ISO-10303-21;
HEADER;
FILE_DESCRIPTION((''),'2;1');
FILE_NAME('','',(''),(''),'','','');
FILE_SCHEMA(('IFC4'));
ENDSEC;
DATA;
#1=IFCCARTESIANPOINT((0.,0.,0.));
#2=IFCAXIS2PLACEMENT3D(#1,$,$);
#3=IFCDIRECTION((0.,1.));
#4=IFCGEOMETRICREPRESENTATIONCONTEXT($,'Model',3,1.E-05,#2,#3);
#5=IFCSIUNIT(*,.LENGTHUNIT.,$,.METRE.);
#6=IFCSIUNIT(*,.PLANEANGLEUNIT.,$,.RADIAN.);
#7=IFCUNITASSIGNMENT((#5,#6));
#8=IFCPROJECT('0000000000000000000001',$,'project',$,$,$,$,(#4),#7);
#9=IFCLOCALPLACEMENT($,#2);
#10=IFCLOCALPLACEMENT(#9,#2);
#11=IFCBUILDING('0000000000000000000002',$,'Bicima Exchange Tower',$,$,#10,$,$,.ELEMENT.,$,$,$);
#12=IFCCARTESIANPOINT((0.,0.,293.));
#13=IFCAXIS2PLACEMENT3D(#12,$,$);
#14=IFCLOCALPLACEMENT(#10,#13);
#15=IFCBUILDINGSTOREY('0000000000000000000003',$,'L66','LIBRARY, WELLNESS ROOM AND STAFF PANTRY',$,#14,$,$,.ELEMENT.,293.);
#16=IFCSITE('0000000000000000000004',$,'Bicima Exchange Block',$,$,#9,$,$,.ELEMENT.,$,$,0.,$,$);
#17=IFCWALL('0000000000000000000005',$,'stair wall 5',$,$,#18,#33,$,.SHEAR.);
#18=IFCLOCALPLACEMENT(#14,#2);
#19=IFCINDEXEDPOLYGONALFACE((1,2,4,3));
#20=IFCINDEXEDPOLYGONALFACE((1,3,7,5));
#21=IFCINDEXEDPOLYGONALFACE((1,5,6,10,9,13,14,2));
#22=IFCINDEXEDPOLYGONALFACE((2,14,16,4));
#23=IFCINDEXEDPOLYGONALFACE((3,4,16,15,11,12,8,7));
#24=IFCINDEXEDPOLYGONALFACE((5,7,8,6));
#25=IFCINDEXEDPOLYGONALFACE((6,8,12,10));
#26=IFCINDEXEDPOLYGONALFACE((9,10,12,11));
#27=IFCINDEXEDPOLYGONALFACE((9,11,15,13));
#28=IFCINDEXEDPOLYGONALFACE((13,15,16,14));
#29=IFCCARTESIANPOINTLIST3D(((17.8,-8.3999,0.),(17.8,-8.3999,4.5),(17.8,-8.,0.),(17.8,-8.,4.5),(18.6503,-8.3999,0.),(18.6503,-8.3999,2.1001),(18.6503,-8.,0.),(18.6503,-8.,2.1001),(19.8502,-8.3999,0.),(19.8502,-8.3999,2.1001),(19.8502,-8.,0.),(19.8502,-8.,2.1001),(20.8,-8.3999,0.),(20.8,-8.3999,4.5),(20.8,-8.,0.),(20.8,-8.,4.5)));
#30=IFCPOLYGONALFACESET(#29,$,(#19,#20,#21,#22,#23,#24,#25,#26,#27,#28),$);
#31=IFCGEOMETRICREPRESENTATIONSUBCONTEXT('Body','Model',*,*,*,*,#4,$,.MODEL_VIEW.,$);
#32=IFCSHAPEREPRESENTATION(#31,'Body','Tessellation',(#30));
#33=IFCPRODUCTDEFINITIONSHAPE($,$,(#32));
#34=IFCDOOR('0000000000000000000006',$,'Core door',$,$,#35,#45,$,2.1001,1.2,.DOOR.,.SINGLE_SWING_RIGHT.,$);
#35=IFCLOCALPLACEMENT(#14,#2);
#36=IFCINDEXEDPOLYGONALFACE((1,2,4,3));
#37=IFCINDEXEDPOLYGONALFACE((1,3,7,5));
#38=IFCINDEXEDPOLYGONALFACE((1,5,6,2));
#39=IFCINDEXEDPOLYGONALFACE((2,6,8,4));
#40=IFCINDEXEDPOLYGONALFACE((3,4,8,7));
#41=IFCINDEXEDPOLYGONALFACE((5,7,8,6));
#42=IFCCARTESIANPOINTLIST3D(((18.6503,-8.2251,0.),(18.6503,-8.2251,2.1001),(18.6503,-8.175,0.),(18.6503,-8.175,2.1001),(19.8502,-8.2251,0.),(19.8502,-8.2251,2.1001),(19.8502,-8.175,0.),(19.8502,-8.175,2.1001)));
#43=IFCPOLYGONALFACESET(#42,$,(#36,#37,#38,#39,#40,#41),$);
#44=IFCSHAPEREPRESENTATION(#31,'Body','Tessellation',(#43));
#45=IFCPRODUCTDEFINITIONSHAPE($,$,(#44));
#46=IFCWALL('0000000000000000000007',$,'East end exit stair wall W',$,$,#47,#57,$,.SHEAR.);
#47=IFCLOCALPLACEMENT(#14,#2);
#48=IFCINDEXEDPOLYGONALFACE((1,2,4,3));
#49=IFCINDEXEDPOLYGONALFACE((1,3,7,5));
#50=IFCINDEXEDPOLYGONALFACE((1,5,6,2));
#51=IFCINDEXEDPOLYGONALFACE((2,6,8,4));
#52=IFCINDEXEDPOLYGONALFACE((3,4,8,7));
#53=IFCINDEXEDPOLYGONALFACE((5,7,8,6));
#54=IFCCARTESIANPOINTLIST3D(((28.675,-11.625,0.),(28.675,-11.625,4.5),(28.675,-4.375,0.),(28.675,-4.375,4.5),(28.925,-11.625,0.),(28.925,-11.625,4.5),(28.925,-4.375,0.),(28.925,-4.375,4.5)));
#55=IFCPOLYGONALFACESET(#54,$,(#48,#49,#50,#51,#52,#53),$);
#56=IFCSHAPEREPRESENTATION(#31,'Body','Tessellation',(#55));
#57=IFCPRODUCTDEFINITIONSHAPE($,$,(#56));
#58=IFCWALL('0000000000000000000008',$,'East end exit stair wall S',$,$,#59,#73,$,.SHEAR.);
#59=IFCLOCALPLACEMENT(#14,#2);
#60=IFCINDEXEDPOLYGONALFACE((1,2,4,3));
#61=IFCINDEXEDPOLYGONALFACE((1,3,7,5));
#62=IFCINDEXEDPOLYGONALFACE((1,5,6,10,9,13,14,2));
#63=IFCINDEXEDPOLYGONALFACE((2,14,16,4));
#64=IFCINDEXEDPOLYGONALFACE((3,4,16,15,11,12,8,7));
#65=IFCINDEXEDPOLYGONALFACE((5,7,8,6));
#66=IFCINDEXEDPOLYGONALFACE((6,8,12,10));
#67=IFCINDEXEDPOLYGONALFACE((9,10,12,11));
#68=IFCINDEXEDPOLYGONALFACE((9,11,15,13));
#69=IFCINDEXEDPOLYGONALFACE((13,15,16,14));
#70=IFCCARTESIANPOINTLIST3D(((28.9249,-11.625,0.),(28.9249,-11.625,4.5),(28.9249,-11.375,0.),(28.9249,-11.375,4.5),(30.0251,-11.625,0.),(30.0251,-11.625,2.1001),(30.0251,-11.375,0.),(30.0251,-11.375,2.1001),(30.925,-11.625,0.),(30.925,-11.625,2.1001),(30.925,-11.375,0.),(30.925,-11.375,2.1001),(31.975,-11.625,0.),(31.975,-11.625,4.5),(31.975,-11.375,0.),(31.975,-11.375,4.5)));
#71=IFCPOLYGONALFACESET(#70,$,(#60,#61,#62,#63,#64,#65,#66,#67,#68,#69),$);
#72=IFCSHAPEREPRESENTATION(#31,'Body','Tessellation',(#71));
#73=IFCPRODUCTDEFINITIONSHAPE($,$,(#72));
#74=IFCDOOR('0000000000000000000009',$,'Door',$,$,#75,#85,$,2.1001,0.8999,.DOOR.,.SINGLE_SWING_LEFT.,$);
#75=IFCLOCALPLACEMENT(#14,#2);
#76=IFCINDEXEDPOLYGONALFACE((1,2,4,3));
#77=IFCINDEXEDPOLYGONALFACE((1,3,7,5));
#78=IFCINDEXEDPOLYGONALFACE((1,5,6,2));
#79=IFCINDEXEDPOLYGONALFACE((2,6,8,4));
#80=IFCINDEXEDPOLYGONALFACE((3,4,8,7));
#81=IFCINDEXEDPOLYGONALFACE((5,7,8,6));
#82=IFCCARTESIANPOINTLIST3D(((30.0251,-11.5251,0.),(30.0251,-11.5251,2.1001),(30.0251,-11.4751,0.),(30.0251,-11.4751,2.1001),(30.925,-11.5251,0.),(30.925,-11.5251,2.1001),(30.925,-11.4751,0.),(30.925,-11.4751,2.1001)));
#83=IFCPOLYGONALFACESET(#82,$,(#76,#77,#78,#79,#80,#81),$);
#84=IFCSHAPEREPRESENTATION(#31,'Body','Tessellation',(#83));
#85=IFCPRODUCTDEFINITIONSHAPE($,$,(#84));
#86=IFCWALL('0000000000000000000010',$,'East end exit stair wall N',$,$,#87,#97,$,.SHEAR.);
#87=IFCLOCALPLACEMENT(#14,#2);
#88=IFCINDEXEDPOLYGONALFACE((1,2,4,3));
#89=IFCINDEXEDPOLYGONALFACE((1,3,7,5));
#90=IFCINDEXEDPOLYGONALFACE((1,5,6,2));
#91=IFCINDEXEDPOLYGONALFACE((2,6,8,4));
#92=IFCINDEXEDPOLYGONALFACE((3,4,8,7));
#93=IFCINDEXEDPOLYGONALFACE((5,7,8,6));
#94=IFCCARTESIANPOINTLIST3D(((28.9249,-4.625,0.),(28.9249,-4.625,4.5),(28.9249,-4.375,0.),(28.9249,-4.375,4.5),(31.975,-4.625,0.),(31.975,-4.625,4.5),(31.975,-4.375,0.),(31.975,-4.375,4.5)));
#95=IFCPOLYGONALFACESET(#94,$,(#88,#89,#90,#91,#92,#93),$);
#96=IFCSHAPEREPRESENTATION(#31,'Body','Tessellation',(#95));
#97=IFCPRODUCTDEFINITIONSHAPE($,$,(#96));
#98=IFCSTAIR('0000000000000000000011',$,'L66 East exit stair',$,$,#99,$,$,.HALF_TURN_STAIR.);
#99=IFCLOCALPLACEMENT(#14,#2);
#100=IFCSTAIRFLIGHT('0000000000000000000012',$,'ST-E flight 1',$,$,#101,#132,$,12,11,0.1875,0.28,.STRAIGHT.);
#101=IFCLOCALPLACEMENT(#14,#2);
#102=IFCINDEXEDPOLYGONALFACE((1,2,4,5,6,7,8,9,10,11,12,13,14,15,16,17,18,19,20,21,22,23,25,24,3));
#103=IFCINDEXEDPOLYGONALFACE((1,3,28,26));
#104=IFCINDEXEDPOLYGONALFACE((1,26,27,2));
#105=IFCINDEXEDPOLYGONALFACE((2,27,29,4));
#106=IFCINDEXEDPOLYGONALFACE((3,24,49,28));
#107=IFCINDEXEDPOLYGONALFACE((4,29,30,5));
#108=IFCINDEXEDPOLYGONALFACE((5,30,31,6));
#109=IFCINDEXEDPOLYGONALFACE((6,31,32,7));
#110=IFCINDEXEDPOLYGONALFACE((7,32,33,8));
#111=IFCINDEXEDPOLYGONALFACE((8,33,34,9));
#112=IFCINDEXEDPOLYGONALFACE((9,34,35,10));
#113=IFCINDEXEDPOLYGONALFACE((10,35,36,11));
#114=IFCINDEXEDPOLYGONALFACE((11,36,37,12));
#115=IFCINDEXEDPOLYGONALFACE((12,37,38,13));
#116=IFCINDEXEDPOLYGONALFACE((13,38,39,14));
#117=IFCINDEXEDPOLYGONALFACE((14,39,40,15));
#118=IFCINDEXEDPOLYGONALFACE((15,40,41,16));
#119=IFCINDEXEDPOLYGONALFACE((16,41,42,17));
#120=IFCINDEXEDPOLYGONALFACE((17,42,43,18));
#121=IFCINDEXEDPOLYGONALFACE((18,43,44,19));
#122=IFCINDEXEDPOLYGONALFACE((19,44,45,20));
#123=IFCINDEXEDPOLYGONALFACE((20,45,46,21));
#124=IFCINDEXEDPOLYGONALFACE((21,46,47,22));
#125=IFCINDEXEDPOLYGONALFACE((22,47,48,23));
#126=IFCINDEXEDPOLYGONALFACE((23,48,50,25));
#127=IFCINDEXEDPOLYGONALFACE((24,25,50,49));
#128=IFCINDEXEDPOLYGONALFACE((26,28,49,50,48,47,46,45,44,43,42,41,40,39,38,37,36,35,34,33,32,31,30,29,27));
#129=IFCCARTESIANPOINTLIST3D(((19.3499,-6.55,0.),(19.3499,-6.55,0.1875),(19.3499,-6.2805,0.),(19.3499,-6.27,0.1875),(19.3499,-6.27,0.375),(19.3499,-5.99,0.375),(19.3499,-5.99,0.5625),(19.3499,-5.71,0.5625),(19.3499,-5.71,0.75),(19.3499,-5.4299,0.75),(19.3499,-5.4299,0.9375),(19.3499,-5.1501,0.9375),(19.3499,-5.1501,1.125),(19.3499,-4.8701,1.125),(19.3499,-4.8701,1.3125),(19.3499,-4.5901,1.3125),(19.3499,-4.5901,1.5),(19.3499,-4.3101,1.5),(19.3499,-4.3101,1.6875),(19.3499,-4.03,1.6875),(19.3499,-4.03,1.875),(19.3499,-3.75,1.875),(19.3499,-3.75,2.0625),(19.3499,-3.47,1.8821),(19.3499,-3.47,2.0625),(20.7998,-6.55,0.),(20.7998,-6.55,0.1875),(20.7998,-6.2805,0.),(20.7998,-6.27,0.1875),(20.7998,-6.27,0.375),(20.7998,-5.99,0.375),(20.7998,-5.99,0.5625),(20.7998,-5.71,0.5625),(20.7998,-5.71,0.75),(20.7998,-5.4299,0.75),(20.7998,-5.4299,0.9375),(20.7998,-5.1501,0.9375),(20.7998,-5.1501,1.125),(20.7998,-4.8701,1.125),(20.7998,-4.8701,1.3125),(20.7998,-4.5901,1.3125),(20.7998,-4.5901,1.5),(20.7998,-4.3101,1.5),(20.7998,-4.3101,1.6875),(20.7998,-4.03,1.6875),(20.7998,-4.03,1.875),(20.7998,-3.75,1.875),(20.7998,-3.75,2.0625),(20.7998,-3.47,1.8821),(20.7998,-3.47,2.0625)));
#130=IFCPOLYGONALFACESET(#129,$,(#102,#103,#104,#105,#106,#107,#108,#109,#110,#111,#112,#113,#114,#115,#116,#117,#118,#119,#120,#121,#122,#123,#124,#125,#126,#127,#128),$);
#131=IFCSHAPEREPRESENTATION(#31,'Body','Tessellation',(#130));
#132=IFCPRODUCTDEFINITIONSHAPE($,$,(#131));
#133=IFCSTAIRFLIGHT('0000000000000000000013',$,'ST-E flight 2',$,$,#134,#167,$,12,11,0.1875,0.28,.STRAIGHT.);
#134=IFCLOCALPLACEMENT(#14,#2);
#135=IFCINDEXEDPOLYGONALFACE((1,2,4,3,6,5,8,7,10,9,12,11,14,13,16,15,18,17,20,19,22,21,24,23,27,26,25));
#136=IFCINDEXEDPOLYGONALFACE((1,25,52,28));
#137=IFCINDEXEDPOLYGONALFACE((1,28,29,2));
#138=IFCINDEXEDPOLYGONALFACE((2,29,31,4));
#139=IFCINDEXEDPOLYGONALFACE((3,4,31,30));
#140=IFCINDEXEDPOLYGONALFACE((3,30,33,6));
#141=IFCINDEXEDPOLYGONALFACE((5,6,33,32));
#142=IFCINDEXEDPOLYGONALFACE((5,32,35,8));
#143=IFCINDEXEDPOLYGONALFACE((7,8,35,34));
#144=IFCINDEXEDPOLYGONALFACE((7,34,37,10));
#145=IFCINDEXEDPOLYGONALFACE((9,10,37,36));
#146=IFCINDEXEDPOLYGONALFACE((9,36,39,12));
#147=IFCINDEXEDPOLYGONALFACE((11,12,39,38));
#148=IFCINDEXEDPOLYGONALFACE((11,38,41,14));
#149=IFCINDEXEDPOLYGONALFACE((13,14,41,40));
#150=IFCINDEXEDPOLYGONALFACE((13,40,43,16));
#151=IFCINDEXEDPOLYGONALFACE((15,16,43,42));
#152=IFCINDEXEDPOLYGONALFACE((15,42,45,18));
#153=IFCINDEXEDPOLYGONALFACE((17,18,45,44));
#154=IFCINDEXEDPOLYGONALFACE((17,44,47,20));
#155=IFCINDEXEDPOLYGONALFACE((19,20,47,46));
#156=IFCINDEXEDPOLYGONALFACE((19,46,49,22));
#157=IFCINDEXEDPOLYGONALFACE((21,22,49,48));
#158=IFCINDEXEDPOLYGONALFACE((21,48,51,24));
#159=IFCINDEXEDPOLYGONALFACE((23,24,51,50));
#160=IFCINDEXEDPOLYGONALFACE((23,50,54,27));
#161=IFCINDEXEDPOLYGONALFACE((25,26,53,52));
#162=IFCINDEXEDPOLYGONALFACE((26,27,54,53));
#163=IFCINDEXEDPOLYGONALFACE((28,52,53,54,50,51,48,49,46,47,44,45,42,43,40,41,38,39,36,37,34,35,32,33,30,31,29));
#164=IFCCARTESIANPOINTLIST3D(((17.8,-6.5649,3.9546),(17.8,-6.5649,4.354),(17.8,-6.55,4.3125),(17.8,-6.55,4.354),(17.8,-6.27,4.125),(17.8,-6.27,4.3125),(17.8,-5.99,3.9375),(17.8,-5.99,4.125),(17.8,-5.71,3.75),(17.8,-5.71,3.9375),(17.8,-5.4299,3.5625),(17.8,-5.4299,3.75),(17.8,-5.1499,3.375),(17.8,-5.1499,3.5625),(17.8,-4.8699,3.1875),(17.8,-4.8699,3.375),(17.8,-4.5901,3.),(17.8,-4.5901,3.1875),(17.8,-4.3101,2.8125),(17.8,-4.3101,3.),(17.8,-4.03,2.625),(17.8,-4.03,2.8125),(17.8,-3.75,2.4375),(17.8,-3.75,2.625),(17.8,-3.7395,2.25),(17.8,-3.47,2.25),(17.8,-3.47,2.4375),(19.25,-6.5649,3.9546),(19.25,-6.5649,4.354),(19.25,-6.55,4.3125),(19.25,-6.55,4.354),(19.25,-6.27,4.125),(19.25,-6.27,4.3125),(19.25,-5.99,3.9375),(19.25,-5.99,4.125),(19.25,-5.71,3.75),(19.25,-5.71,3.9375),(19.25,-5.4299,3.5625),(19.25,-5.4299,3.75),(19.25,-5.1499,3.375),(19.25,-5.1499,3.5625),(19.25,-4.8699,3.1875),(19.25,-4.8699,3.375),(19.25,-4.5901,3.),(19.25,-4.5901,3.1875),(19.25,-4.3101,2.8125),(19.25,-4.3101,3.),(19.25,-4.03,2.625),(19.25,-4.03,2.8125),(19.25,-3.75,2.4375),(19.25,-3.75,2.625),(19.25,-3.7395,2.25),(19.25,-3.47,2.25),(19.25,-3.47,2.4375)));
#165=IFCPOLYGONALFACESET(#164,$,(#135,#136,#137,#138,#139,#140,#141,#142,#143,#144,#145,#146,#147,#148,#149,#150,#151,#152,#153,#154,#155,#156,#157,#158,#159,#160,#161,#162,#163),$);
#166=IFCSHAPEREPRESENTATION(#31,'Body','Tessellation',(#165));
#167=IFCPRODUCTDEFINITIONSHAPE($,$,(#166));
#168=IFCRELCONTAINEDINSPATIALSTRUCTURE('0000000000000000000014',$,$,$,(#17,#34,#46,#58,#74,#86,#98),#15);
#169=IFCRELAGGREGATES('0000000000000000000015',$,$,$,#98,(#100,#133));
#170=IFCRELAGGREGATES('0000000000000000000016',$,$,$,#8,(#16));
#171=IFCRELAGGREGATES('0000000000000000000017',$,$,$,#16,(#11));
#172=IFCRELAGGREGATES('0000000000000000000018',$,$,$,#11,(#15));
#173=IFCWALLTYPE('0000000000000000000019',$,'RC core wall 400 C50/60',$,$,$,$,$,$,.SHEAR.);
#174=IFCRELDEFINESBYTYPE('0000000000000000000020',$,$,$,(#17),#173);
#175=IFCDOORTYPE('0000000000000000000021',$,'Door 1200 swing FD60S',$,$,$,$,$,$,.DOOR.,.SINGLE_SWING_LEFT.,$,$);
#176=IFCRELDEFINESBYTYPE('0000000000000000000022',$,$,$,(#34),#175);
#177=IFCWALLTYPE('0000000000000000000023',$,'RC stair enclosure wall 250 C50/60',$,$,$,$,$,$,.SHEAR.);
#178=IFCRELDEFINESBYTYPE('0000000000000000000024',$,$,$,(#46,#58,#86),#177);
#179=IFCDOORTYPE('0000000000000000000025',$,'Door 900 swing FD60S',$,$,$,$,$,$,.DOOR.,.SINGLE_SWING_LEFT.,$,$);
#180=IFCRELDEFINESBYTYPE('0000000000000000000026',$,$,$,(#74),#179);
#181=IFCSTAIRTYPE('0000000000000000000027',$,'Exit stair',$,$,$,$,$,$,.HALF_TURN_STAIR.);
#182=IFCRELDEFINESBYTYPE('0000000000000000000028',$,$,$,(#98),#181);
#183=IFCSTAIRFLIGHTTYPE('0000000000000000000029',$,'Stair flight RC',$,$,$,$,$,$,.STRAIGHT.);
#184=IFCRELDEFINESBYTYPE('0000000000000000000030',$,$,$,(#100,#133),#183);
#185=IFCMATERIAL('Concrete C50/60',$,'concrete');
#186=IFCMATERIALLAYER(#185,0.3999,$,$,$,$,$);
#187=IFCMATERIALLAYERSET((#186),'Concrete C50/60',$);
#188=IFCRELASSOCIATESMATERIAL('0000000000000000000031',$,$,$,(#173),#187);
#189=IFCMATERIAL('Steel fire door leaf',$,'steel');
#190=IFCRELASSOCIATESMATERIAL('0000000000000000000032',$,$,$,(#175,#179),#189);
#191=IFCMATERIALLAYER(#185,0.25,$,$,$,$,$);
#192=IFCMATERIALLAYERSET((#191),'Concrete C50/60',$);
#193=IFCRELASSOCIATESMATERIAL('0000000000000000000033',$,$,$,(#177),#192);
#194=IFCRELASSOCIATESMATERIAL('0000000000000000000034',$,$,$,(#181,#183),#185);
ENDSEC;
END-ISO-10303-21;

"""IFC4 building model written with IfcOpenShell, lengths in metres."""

from ifc_helpers import new_model, si_unit, direction, frame, frame_2d, origin, place, context, subcontext, project, spatial, polyline, rectangle, outline, extrude, material, layer, layer_set, type_object, element, fill, aggregate, save


model = new_model("IFC4")

# Units and contexts
model_context = context("Model", 3, precision=1e-05, world=origin(), true_north=direction((0.0, 1.0)))
body_context = subcontext(model_context, "Body", "Model", "MODEL_VIEW")
ifc_project = project(units=[si_unit("LENGTHUNIT", "METRE"), si_unit("PLANEANGLEUNIT", "RADIAN")], contexts=[model_context])

# Site, building, storey
site_placement = place(None, origin())
site = spatial("IfcSite", under=ifc_project, at=site_placement, Name="Bicima Exchange Block", CompositionType="ELEMENT", RefElevation=0.0)
building_placement = place(site_placement, origin())
building = spatial("IfcBuilding", under=site, at=building_placement, Name="Bicima Exchange Tower", CompositionType="ELEMENT")
storey_placement = place(building_placement, frame((0.0, 0.0, 293.0)))
storey = spatial("IfcBuildingStorey", under=building, at=storey_placement, Name="L66", Description="LIBRARY, WELLNESS ROOM AND STAFF PANTRY", CompositionType="ELEMENT", Elevation=293.0)

# Wall, opening, door
ifc_material_1 = material(Name="Concrete C50/60", Category="concrete")
ifc_layer_1 = layer(ifc_material_1, 0.3999)
ifc_layer_set_1 = layer_set([ifc_layer_1], Name="Concrete C50/60")
wall_type_1 = type_object("IfcWallType", Name="RC core wall 400 C50/60", PredefinedType="SHEAR", material=ifc_layer_set_1)
wall_1_placement = place(storey_placement, frame((17.8, -8.2, 0.0), z_axis=(0.0, 0.0, 1.0), x_axis=(1.0, 0.0, 0.0)))
wall_1 = element("IfcWall", 1, at=wall_1_placement, inside=storey, type_object=wall_type_1, Name="stair wall 5", PredefinedType="SHEAR", context=body_context, shape_type="SweptSolid", body=[
    extrude(rectangle(XDim=3.0, YDim=0.3999, at=frame_2d((1.5, 0.0))), origin(), (0.0, 0.0, 1.0), 4.5),
])
opening_1_placement = place(wall_1_placement, frame((0.8501, 0.0, 0.0)))
opening_1 = element("IfcOpeningElement", 2, at=opening_1_placement, cuts=wall_1, PredefinedType="OPENING", context=body_context, shape_type="SweptSolid", body=[
    extrude(rectangle(XDim=1.2, YDim=2.1001, at=frame_2d((0.6001, 1.05))), frame((0.0, 0.2119, 0.0), z_axis=(0.0, -1.0, 0.0), x_axis=(1.0, 0.0, 0.0)), (0.0, 0.0, 1.0), 0.4238),
])
ifc_material_2 = material(Name="Steel fire door leaf", Category="steel")
door_type_1 = type_object("IfcDoorType", Name="Door 1200 swing FD60S", OperationType="SINGLE_SWING_LEFT", PredefinedType="DOOR", material=ifc_material_2)
door_1_placement = place(opening_1_placement, origin())
door_1 = element("IfcDoor", 3, at=door_1_placement, inside=storey, type_object=door_type_1, Name="Core door", OperationType="SINGLE_SWING_RIGHT", OverallHeight=2.1001, OverallWidth=1.2, PredefinedType="DOOR", context=body_context, shape_type="SweptSolid", body=[
    extrude(rectangle(XDim=1.2, YDim=2.1001, at=frame_2d((0.6001, 1.05))), frame((0.0, 0.0249, 0.0), z_axis=(0.0, -1.0, 0.0), x_axis=(1.0, 0.0, 0.0)), (0.0, 0.0, 1.0), 0.05),
])
fill(opening_1, door_1)

# Wall
ifc_layer_2 = layer(ifc_material_1, 0.25)
ifc_layer_set_2 = layer_set([ifc_layer_2], Name="Concrete C50/60")
wall_type_2 = type_object("IfcWallType", Name="RC stair enclosure wall 250 C50/60", PredefinedType="SHEAR", material=ifc_layer_set_2)
wall_2_placement = place(storey_placement, frame((28.8, -11.625, 0.0), z_axis=(0.0, 0.0, 1.0), x_axis=(0.0, 1.0, 0.0)))
element("IfcWall", 4, at=wall_2_placement, inside=storey, type_object=wall_type_2, Name="East end exit stair wall W", PredefinedType="SHEAR", context=body_context, shape_type="SweptSolid", body=[
    extrude(rectangle(XDim=7.25, YDim=0.25, at=frame_2d((3.625, 0.0))), origin(), (0.0, 0.0, 1.0), 4.5),
])

# Wall, opening, door
wall_3_placement = place(storey_placement, frame((28.925, -11.5, 0.0), z_axis=(0.0, 0.0, 1.0), x_axis=(1.0, 0.0, 0.0)))
wall_3 = element("IfcWall", 5, at=wall_3_placement, inside=storey, type_object=wall_type_2, Name="East end exit stair wall S", PredefinedType="SHEAR", context=body_context, shape_type="SweptSolid", body=[
    extrude(rectangle(XDim=3.05, YDim=0.25, at=frame_2d((1.5249, 0.0))), origin(), (0.0, 0.0, 1.0), 4.5),
])
opening_2_placement = place(wall_3_placement, frame((1.1001, 0.0, 0.0)))
opening_2 = element("IfcOpeningElement", 6, at=opening_2_placement, cuts=wall_3, PredefinedType="OPENING", context=body_context, shape_type="SweptSolid", body=[
    extrude(rectangle(XDim=0.8999, YDim=2.1001, at=frame_2d((0.45, 1.05))), frame((0.0, 0.137, 0.0), z_axis=(0.0, -1.0, 0.0), x_axis=(1.0, 0.0, 0.0)), (0.0, 0.0, 1.0), 0.2739),
])
door_type_2 = type_object("IfcDoorType", Name="Door 900 swing FD60S", OperationType="SINGLE_SWING_LEFT", PredefinedType="DOOR", material=ifc_material_2)
door_2_placement = place(opening_2_placement, origin())
door_2 = element("IfcDoor", 7, at=door_2_placement, inside=storey, type_object=door_type_2, Name="Door", OperationType="SINGLE_SWING_LEFT", OverallHeight=2.1001, OverallWidth=0.8999, PredefinedType="DOOR", context=body_context, shape_type="SweptSolid", body=[
    extrude(rectangle(XDim=0.8999, YDim=2.1001, at=frame_2d((0.45, 1.05))), frame((0.0, 0.0249, 0.0), z_axis=(0.0, -1.0, 0.0), x_axis=(1.0, 0.0, 0.0)), (0.0, 0.0, 1.0), 0.05),
])
fill(opening_2, door_2)

# Wall
wall_4_placement = place(storey_placement, frame((28.925, -4.5, 0.0), z_axis=(0.0, 0.0, 1.0), x_axis=(1.0, 0.0, 0.0)))
element("IfcWall", 8, at=wall_4_placement, inside=storey, type_object=wall_type_2, Name="East end exit stair wall N", PredefinedType="SHEAR", context=body_context, shape_type="SweptSolid", body=[
    extrude(rectangle(XDim=3.05, YDim=0.25, at=frame_2d((1.5249, 0.0))), origin(), (0.0, 0.0, 1.0), 4.5),
])

# Stair, stair flights
stair_type = type_object("IfcStairType", Name="Exit stair", PredefinedType="HALF_TURN_STAIR", material=ifc_material_1)
stair_placement = place(storey_placement, origin())
stair = element("IfcStair", 9, at=stair_placement, inside=storey, type_object=stair_type, Name="L66 East exit stair", PredefinedType="HALF_TURN_STAIR")
stair_flight_type = type_object("IfcStairFlightType", Name="Stair flight RC", PredefinedType="STRAIGHT", material=ifc_material_1)
stair_flight_1_placement = place(storey_placement, frame((20.075, -6.55, 0.0), z_axis=(0.0, 0.0, 1.0), x_axis=(0.0, 1.0, 0.0)))
stair_flight_1 = element("IfcStairFlight", 10, at=stair_flight_1_placement, type_object=stair_flight_type, Name="ST-E flight 1", NumberOfRisers=12, NumberOfTreads=11, PredefinedType="STRAIGHT", RiserHeight=0.1875, TreadLength=0.28, context=body_context, shape_type="SweptSolid", body=[
    extrude(outline(polyline([(0.0, 0.0), (0.0, 0.1875), (0.28, 0.1875), (0.28, 0.375), (0.5601, 0.375), (0.5601, 0.5625), (0.8401, 0.5625), (0.8401, 0.75), (1.1201, 0.75), (1.1201, 0.9375), (1.3999, 0.9375), (1.3999, 1.125), (1.6799, 1.125), (1.6799, 1.3125), (1.96, 1.3125), (1.96, 1.5), (2.24, 1.5), (2.24, 1.6875), (2.52, 1.6875), (2.52, 1.875), (2.8, 1.875), (2.8, 2.0625), (3.0801, 2.0625), (3.0801, 2.25), (3.0801, 1.8821), (0.2695, 0.0), (0.0, 0.0)])), frame((0.0, 0.7251, 0.0), z_axis=(0.0, -1.0, 0.0), x_axis=(1.0, 0.0, 0.0)), (0.0, 0.0, 1.0), 1.45),
])
stair_flight_2_placement = place(storey_placement, frame((18.5249, -3.47, 2.25), z_axis=(0.0, 0.0, 1.0), x_axis=(0.0, -1.0, 0.0)))
stair_flight_2 = element("IfcStairFlight", 11, at=stair_flight_2_placement, type_object=stair_flight_type, Name="ST-E flight 2", NumberOfRisers=12, NumberOfTreads=11, PredefinedType="STRAIGHT", RiserHeight=0.1875, TreadLength=0.28, context=body_context, shape_type="SweptSolid", body=[
    extrude(outline(polyline([(0.0, 0.0), (0.0, 0.1875), (0.28, 0.1875), (0.28, 0.375), (0.5601, 0.375), (0.5601, 0.5625), (0.8401, 0.5625), (0.8401, 0.75), (1.1201, 0.75), (1.1201, 0.9375), (1.3999, 0.9375), (1.3999, 1.125), (1.6799, 1.125), (1.6799, 1.3125), (1.96, 1.3125), (1.96, 1.5), (2.24, 1.5), (2.24, 1.6875), (2.52, 1.6875), (2.52, 1.875), (2.8, 1.875), (2.8, 2.0625), (3.0801, 2.0625), (3.0801, 2.104), (3.095, 2.104), (3.095, 1.7046), (0.2695, 0.0), (0.0, 0.0)])), frame((0.0, 0.7251, 0.0), z_axis=(0.0, -1.0, 0.0), x_axis=(1.0, 0.0, 0.0)), (0.0, 0.0, 1.0), 1.45),
])
aggregate(stair, [stair_flight_1, stair_flight_2])

save(model, "model.ifc")
